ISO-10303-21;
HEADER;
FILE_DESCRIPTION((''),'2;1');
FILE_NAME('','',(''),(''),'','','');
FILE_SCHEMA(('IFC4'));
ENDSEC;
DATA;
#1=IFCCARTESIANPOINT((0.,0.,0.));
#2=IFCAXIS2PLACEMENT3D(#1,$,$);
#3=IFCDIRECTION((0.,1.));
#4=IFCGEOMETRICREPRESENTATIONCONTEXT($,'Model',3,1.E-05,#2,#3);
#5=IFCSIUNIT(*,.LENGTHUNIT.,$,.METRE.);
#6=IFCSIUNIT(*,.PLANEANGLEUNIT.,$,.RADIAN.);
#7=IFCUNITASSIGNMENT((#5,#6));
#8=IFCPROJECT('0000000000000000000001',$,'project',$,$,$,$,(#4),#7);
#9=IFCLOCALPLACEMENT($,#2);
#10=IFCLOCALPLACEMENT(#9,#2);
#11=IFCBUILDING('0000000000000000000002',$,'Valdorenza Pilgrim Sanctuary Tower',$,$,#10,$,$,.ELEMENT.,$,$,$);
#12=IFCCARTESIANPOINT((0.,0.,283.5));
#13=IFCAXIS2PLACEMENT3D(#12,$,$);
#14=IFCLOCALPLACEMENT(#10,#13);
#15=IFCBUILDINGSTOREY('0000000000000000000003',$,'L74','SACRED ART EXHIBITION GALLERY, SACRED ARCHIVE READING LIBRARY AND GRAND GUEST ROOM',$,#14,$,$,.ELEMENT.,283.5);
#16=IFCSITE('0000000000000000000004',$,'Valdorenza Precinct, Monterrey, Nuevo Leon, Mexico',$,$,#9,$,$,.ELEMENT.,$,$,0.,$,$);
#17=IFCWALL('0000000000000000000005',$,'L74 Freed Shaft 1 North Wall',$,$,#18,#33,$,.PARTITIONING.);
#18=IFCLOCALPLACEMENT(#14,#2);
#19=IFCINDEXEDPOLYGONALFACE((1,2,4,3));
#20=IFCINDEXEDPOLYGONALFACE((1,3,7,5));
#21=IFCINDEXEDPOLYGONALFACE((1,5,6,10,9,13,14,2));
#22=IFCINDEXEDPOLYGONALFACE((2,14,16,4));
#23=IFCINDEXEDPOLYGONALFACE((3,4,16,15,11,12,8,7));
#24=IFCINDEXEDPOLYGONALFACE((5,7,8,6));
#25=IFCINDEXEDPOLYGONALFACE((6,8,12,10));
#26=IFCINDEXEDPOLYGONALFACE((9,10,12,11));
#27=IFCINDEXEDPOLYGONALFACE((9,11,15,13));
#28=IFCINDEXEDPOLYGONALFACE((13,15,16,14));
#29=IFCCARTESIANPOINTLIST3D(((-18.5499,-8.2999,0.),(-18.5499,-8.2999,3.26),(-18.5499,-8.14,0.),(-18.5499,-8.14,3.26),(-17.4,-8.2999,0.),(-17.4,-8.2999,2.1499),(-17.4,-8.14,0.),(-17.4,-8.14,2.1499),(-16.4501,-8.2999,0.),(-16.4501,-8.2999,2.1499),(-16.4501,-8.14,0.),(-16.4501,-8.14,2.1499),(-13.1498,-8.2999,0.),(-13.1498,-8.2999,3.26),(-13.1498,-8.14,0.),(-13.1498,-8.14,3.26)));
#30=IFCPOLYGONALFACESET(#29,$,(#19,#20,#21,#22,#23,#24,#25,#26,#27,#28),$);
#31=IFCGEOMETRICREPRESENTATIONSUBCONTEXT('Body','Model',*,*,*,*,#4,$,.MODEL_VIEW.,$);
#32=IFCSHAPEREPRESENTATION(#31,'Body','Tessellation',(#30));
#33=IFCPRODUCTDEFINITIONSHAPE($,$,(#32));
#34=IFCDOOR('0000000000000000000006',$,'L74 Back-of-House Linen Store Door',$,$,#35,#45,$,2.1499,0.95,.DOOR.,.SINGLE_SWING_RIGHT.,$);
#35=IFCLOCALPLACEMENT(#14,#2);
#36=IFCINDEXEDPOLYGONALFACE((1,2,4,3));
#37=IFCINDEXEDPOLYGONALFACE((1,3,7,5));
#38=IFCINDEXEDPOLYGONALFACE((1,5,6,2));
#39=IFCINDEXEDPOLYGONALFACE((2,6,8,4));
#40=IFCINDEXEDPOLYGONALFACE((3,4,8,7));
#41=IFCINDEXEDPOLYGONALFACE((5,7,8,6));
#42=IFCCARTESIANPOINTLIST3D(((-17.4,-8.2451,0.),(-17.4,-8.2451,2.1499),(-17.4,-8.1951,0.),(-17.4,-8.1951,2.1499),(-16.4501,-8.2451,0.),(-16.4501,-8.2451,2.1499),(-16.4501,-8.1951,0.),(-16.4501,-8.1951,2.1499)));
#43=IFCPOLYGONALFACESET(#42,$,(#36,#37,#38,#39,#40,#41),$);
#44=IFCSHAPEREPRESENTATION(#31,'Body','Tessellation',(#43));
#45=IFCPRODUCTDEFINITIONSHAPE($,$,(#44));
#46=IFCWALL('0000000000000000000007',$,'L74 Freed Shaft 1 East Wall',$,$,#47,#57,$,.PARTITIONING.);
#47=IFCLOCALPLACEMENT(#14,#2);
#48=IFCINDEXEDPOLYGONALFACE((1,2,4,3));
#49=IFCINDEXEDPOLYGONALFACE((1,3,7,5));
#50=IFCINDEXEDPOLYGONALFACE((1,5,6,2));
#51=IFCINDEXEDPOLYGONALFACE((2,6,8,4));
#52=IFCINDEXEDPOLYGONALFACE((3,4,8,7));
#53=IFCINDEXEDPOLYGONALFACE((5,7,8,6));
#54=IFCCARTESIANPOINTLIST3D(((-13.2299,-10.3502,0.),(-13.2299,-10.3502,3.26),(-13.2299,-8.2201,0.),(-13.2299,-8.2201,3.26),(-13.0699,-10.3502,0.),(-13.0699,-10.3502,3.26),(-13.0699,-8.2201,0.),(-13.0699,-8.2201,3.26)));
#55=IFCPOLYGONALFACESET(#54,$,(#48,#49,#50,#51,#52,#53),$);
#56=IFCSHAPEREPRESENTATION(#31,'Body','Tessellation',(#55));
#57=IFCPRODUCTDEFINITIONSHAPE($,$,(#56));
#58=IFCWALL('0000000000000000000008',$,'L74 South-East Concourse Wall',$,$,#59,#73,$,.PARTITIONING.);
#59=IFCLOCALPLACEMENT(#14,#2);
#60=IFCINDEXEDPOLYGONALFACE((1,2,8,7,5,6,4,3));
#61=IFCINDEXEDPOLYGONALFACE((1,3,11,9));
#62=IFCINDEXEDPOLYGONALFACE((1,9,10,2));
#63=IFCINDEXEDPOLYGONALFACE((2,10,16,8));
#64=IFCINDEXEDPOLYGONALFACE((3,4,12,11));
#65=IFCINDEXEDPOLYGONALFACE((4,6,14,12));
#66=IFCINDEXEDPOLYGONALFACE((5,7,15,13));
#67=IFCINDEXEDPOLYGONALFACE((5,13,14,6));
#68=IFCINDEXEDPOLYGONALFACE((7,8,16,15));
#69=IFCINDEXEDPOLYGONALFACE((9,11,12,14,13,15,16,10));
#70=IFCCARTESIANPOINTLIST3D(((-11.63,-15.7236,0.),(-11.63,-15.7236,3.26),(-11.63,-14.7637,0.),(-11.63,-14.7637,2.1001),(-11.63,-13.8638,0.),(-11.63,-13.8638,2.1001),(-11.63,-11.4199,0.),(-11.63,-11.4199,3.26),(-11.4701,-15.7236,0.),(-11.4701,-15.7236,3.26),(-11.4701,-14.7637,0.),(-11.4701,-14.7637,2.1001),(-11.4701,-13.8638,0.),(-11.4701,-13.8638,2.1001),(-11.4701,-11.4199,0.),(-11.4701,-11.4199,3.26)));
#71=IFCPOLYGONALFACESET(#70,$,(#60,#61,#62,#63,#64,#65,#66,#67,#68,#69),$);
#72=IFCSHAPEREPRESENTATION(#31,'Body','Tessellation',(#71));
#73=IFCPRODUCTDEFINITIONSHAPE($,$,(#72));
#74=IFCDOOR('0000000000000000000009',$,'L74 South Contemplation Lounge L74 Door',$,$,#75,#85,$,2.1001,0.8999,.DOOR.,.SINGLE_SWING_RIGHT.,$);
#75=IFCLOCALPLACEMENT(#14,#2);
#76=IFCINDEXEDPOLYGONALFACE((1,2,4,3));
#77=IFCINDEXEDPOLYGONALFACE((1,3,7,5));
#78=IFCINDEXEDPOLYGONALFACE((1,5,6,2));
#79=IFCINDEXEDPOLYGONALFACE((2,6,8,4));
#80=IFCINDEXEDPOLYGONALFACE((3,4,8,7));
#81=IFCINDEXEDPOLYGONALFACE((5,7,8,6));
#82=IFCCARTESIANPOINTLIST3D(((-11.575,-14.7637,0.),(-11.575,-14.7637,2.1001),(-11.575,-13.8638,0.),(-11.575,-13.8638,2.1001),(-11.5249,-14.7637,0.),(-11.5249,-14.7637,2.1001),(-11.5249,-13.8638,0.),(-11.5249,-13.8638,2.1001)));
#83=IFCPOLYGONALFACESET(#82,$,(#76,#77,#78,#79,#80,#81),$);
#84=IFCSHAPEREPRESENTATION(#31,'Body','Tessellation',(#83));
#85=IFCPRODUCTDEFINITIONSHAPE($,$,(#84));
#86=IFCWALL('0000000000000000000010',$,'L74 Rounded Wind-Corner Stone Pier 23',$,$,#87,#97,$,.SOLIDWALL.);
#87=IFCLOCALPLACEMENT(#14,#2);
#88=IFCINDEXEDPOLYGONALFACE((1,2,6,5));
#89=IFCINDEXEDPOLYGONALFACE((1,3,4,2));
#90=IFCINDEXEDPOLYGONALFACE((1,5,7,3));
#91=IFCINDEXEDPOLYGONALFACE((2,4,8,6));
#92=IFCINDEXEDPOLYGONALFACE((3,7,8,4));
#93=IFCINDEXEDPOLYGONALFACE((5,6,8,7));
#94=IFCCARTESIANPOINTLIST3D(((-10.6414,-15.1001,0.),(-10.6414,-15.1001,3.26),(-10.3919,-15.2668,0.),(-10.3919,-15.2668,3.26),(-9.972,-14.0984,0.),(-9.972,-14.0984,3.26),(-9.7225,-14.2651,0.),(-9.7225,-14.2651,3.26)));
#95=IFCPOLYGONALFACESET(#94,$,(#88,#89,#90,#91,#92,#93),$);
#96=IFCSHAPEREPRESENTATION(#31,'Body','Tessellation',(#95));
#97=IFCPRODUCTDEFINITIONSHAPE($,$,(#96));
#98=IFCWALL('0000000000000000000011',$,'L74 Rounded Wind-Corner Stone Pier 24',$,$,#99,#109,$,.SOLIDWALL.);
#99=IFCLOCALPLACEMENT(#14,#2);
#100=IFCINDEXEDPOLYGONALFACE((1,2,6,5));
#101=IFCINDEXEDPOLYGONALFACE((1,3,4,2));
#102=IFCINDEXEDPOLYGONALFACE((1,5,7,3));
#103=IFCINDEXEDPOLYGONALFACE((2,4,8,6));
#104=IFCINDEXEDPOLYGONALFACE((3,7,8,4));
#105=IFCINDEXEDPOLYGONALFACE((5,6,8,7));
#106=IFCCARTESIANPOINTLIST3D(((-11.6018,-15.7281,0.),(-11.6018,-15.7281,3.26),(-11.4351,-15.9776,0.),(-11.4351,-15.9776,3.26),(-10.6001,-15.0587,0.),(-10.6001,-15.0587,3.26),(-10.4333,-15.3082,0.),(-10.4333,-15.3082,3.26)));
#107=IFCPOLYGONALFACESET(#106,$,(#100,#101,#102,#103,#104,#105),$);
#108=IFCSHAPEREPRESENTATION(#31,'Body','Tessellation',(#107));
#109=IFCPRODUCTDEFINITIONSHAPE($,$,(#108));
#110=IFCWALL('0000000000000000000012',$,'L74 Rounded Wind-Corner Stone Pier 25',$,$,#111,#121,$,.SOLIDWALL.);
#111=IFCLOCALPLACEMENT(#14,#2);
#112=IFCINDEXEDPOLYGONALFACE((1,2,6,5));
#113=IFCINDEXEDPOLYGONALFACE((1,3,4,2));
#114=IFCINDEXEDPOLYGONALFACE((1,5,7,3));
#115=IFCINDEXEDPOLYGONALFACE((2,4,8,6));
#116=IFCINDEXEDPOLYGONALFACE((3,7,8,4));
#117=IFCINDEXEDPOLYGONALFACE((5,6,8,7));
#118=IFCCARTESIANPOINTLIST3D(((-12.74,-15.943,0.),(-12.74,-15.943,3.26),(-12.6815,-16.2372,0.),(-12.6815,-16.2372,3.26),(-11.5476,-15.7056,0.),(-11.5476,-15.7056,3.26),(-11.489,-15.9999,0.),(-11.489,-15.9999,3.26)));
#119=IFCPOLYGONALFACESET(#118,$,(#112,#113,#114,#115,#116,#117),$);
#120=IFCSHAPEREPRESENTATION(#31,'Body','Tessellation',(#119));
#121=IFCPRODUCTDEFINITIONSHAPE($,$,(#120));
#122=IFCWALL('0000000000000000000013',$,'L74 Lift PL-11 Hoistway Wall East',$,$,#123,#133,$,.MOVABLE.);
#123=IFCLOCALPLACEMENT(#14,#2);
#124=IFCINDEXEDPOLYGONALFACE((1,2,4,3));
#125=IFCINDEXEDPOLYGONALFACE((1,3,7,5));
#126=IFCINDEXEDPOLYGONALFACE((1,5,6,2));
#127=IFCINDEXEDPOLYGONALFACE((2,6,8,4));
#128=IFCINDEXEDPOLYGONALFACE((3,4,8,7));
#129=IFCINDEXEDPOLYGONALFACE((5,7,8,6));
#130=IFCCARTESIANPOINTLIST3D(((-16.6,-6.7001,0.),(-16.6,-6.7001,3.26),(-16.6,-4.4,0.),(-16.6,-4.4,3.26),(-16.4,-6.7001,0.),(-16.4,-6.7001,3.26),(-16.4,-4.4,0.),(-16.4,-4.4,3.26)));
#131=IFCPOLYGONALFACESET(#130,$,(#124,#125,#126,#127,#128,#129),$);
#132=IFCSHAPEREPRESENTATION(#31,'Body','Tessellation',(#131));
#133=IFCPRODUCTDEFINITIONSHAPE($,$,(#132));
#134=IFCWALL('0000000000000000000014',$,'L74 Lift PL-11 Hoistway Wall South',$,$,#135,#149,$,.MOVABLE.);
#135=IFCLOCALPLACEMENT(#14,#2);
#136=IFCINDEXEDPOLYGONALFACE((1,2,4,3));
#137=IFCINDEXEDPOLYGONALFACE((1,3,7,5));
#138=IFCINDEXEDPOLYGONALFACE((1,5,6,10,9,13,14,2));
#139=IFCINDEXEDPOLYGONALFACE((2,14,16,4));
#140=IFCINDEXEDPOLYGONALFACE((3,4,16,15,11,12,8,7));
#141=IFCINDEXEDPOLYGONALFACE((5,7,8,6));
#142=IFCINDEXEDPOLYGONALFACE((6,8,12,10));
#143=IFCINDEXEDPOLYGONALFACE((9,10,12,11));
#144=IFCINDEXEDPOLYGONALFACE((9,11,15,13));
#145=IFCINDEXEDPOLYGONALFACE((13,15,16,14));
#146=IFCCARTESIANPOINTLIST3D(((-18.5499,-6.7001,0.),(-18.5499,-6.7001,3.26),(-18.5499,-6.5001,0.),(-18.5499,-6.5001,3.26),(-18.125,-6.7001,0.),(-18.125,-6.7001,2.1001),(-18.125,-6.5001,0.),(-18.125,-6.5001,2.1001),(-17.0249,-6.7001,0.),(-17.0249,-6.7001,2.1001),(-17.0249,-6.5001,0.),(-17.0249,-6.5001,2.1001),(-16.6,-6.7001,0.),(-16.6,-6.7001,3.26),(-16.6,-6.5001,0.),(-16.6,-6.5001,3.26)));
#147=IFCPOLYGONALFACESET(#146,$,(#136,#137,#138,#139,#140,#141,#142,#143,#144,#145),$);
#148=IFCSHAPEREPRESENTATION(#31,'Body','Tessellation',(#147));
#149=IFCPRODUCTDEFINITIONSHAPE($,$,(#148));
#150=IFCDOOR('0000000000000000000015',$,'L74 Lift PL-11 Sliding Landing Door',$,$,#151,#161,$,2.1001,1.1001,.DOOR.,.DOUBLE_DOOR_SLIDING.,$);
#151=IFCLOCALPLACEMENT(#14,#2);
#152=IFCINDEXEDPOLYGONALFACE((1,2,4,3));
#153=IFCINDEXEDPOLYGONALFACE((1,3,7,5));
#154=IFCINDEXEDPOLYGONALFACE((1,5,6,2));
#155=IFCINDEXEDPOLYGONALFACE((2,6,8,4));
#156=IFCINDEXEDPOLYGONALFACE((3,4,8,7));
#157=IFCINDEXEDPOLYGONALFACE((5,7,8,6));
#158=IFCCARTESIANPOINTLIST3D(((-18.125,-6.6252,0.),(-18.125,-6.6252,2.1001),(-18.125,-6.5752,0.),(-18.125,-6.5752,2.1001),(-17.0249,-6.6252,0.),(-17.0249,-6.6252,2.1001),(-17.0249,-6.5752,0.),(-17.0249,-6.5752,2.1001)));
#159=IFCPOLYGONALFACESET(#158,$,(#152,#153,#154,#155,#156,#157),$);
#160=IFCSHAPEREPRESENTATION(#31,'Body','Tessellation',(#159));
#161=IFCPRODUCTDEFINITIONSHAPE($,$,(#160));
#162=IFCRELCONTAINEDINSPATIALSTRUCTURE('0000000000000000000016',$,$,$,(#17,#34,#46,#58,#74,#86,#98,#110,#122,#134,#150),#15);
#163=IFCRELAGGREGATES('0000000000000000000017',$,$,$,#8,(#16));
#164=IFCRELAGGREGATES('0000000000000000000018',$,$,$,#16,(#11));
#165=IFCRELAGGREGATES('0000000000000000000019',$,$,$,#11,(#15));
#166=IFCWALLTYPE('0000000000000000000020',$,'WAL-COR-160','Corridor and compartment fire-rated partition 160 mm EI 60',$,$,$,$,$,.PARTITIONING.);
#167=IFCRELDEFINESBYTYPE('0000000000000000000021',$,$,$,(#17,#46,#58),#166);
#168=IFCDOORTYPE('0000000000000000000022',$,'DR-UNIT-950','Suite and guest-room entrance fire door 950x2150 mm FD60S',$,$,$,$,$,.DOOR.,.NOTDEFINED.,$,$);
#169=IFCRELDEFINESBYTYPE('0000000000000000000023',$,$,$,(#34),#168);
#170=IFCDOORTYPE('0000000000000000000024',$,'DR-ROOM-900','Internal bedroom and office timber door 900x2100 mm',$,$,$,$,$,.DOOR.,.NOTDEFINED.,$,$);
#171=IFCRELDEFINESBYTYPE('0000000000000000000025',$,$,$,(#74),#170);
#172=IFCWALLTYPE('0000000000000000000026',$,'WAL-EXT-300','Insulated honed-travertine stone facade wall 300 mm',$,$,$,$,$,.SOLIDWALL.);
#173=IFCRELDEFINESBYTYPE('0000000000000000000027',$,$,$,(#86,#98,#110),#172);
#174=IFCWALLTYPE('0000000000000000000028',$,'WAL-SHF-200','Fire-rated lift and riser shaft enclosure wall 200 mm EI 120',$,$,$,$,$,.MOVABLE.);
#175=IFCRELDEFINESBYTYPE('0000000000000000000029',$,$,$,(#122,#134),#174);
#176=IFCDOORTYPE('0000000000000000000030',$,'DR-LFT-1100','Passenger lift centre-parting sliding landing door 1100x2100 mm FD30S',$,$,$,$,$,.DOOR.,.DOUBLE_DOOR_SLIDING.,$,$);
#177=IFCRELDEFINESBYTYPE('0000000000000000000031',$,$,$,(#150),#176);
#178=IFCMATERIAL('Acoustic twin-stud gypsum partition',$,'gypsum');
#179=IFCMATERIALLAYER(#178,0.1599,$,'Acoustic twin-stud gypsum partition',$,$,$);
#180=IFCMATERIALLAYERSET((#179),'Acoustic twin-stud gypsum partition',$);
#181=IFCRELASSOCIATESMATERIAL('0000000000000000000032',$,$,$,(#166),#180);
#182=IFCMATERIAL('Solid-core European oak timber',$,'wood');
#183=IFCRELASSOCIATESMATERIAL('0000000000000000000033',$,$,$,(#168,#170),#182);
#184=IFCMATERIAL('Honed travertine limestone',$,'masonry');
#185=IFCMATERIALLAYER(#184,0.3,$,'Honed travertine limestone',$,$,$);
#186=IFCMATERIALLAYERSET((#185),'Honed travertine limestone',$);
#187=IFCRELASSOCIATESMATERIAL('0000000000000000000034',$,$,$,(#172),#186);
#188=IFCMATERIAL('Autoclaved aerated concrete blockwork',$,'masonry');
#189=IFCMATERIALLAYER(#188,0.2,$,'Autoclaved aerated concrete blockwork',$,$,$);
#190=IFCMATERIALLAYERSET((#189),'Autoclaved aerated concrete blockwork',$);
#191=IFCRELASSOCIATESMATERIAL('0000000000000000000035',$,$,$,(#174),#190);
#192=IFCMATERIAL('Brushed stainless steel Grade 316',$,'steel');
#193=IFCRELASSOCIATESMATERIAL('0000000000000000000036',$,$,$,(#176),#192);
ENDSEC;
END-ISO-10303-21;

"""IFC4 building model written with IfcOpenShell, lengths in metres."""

from ifc_helpers import new_model, si_unit, direction, frame, frame_2d, origin, place, context, subcontext, project, spatial, rectangle, extrude, material, layer, layer_set, type_object, element, fill, save


model = new_model("IFC4")

# Units and contexts
model_context = context("Model", 3, precision=1e-05, world=origin(), true_north=direction((0.0, 1.0)))
body_context = subcontext(model_context, "Body", "Model", "MODEL_VIEW")
ifc_project = project(units=[si_unit("LENGTHUNIT", "METRE"), si_unit("PLANEANGLEUNIT", "RADIAN")], contexts=[model_context])

# Site, building, storey
site_placement = place(None, origin())
site = spatial("IfcSite", under=ifc_project, at=site_placement, Name="Valdorenza Precinct, Monterrey, Nuevo Leon, Mexico", CompositionType="ELEMENT", RefElevation=0.0)
building_placement = place(site_placement, origin())
building = spatial("IfcBuilding", under=site, at=building_placement, Name="Valdorenza Pilgrim Sanctuary Tower", CompositionType="ELEMENT")
storey_placement = place(building_placement, frame((0.0, 0.0, 283.5)))
storey = spatial("IfcBuildingStorey", under=building, at=storey_placement, Name="L74", Description="SACRED ART EXHIBITION GALLERY, SACRED ARCHIVE READING LIBRARY AND GRAND GUEST ROOM", CompositionType="ELEMENT", Elevation=283.5)

# Shared definitions
ifc_material_1 = material(Name="Honed travertine limestone", Category="masonry")

# Wall, opening, door
ifc_material_2 = material(Name="Acoustic twin-stud gypsum partition", Category="gypsum")
ifc_layer_1 = layer(ifc_material_2, 0.1599, Name="Acoustic twin-stud gypsum partition")
ifc_layer_set_1 = layer_set([ifc_layer_1], Name="Acoustic twin-stud gypsum partition")
wall_type_1 = type_object("IfcWallType", Name="WAL-COR-160", Description="Corridor and compartment fire-rated partition 160 mm EI 60", PredefinedType="PARTITIONING", material=ifc_layer_set_1)
wall_1_placement = place(storey_placement, frame((-18.55, -8.22, 0.0), z_axis=(0.0, 0.0, 1.0), x_axis=(1.0, 0.0, 0.0)))
wall_1 = element("IfcWall", 1, at=wall_1_placement, inside=storey, type_object=wall_type_1, Name="L74 Freed Shaft 1 North Wall", PredefinedType="PARTITIONING", context=body_context, shape_type="SweptSolid", body=[
    extrude(rectangle(XDim=5.4001, YDim=0.1599, at=frame_2d((2.7002, 0.0))), origin(), (0.0, 0.0, 1.0), 3.26),
])
opening_1_placement = place(wall_1_placement, frame((1.1499, 0.0, 0.0)))
opening_1 = element("IfcOpeningElement", 2, at=opening_1_placement, cuts=wall_1, PredefinedType="OPENING", context=body_context, shape_type="SweptSolid", body=[
    extrude(rectangle(XDim=0.95, YDim=2.1499, at=frame_2d((0.4751, 1.075))), frame((0.0, 0.0947, 0.0), z_axis=(0.0, -1.0, 0.0), x_axis=(1.0, 0.0, 0.0)), (0.0, 0.0, 1.0), 0.1897),
])
ifc_material_3 = material(Name="Solid-core European oak timber", Category="wood")
door_type_1 = type_object("IfcDoorType", Name="DR-UNIT-950", Description="Suite and guest-room entrance fire door 950x2150 mm FD60S", OperationType="NOTDEFINED", PredefinedType="DOOR", material=ifc_material_3)
door_1_placement = place(opening_1_placement, origin())
door_1 = element("IfcDoor", 3, at=door_1_placement, inside=storey, type_object=door_type_1, Name="L74 Back-of-House Linen Store Door", OperationType="SINGLE_SWING_RIGHT", OverallHeight=2.1499, OverallWidth=0.95, PredefinedType="DOOR", context=body_context, shape_type="SweptSolid", body=[
    extrude(rectangle(XDim=0.95, YDim=2.1499, at=frame_2d((0.4751, 1.075))), frame((0.0, 0.0249, 0.0), z_axis=(0.0, -1.0, 0.0), x_axis=(1.0, 0.0, 0.0)), (0.0, 0.0, 1.0), 0.05),
])
fill(opening_1, door_1)

# Wall
wall_2_placement = place(storey_placement, frame((-13.1499, -10.3501, 0.0), z_axis=(0.0, 0.0, 1.0), x_axis=(0.0, 1.0, 0.0)))
element("IfcWall", 4, at=wall_2_placement, inside=storey, type_object=wall_type_1, Name="L74 Freed Shaft 1 East Wall", PredefinedType="PARTITIONING", context=body_context, shape_type="SweptSolid", body=[
    extrude(rectangle(XDim=2.1301, YDim=0.1599, at=frame_2d((1.0649, 0.0))), origin(), (0.0, 0.0, 1.0), 3.26),
])

# Wall, opening, door
wall_3_placement = place(storey_placement, frame((-11.55, -15.7236, 0.0), z_axis=(0.0, 0.0, 1.0), x_axis=(0.0, 1.0, 0.0)))
wall_3 = element("IfcWall", 5, at=wall_3_placement, inside=storey, type_object=wall_type_1, Name="L74 South-East Concourse Wall", PredefinedType="PARTITIONING", context=body_context, shape_type="SweptSolid", body=[
    extrude(rectangle(XDim=4.3037, YDim=0.1599, at=frame_2d((2.1519, 0.0))), origin(), (0.0, 0.0, 1.0), 3.26),
])
opening_2_placement = place(wall_3_placement, frame((0.96, 0.0, 0.0)))
opening_2 = element("IfcOpeningElement", 6, at=opening_2_placement, cuts=wall_3, PredefinedType="OPENING", context=body_context, shape_type="SweptSolid", body=[
    extrude(rectangle(XDim=0.8999, YDim=2.1001, at=frame_2d((0.45, 1.05))), frame((0.0, 0.0947, 0.0), z_axis=(0.0, -1.0, 0.0), x_axis=(1.0, 0.0, 0.0)), (0.0, 0.0, 1.0), 0.1897),
])
door_type_2 = type_object("IfcDoorType", Name="DR-ROOM-900", Description="Internal bedroom and office timber door 900x2100 mm", OperationType="NOTDEFINED", PredefinedType="DOOR", material=ifc_material_3)
door_2_placement = place(opening_2_placement, origin())
door_2 = element("IfcDoor", 7, at=door_2_placement, inside=storey, type_object=door_type_2, Name="L74 South Contemplation Lounge L74 Door", OperationType="SINGLE_SWING_RIGHT", OverallHeight=2.1001, OverallWidth=0.8999, PredefinedType="DOOR", context=body_context, shape_type="SweptSolid", body=[
    extrude(rectangle(XDim=0.8999, YDim=2.1001, at=frame_2d((0.45, 1.05))), frame((0.0, 0.0249, 0.0), z_axis=(0.0, -1.0, 0.0), x_axis=(1.0, 0.0, 0.0)), (0.0, 0.0, 1.0), 0.05),
])
fill(opening_2, door_2)

# Walls
ifc_layer_2 = layer(ifc_material_1, 0.3, Name="Honed travertine limestone")
ifc_layer_set_2 = layer_set([ifc_layer_2], Name="Honed travertine limestone")
wall_type_2 = type_object("IfcWallType", Name="WAL-EXT-300", Description="Insulated honed-travertine stone facade wall 300 mm", PredefinedType="SOLIDWALL", material=ifc_layer_set_2)
for number, where, z_axis, x_axis, name in (
    (8, (-9.8472, -14.1816, 0.0), (0.0, 0.0, 1.0), (-0.555635, -0.831426, 0.0), "L74 Rounded Wind-Corner Stone Pier 23"),
    (9, (-10.5166, -15.1833, 0.0), (0.0, 0.0, 1.0), (-0.831426, -0.555635, 0.0), "L74 Rounded Wind-Corner Stone Pier 24"),
):
    element("IfcWall", number, at=place(storey_placement, frame(where, z_axis=z_axis, x_axis=x_axis)), inside=storey, type_object=wall_type_2, Name=name, PredefinedType="SOLIDWALL", context=body_context, shape_type="SweptSolid", body=[
        extrude(rectangle(XDim=1.2048, YDim=0.3, at=frame_2d((0.6025, 0.0))), origin(), (0.0, 0.0, 1.0), 3.26),
    ])
wall_4_placement = place(storey_placement, frame((-11.5183, -15.8528, 0.0), z_axis=(0.0, 0.0, 1.0), x_axis=(-0.980766, -0.195189, 0.0)))
element("IfcWall", 10, at=wall_4_placement, inside=storey, type_object=wall_type_2, Name="L74 Rounded Wind-Corner Stone Pier 25", PredefinedType="SOLIDWALL", context=body_context, shape_type="SweptSolid", body=[
    extrude(rectangle(XDim=1.2158, YDim=0.3, at=frame_2d((0.6079, 0.0))), origin(), (0.0, 0.0, 1.0), 3.26),
])
ifc_material_4 = material(Name="Autoclaved aerated concrete blockwork", Category="masonry")
ifc_layer_3 = layer(ifc_material_4, 0.2, Name="Autoclaved aerated concrete blockwork")
ifc_layer_set_3 = layer_set([ifc_layer_3], Name="Autoclaved aerated concrete blockwork")
wall_type_3 = type_object("IfcWallType", Name="WAL-SHF-200", Description="Fire-rated lift and riser shaft enclosure wall 200 mm EI 120", PredefinedType="MOVABLE", material=ifc_layer_set_3)
wall_5_placement = place(storey_placement, frame((-16.5, -6.7, 0.0), z_axis=(0.0, 0.0, 1.0), x_axis=(0.0, 1.0, 0.0)))
element("IfcWall", 11, at=wall_5_placement, inside=storey, type_object=wall_type_3, Name="L74 Lift PL-11 Hoistway Wall East", PredefinedType="MOVABLE", context=body_context, shape_type="SweptSolid", body=[
    extrude(rectangle(XDim=2.3, YDim=0.2, at=frame_2d((1.1499, 0.0))), origin(), (0.0, 0.0, 1.0), 3.26),
])

# Wall, opening, door
wall_6_placement = place(storey_placement, frame((-18.55, -6.6001, 0.0), z_axis=(0.0, 0.0, 1.0), x_axis=(1.0, 0.0, 0.0)))
wall_6 = element("IfcWall", 12, at=wall_6_placement, inside=storey, type_object=wall_type_3, Name="L74 Lift PL-11 Hoistway Wall South", PredefinedType="MOVABLE", context=body_context, shape_type="SweptSolid", body=[
    extrude(rectangle(XDim=1.95, YDim=0.2, at=frame_2d((0.9751, 0.0))), origin(), (0.0, 0.0, 1.0), 3.26),
])
opening_3_placement = place(wall_6_placement, frame((0.425, 0.0, 0.0)))
opening_3 = element("IfcOpeningElement", 13, at=opening_3_placement, cuts=wall_6, PredefinedType="OPENING", context=body_context, shape_type="SweptSolid", body=[
    extrude(rectangle(XDim=1.1001, YDim=2.1001, at=frame_2d((0.55, 1.05))), frame((0.0, 0.1147, 0.0), z_axis=(0.0, -1.0, 0.0), x_axis=(1.0, 0.0, 0.0)), (0.0, 0.0, 1.0), 0.2297),
])
ifc_material_5 = material(Name="Brushed stainless steel Grade 316", Category="steel")
door_type_3 = type_object("IfcDoorType", Name="DR-LFT-1100", Description="Passenger lift centre-parting sliding landing door 1100x2100 mm FD30S", OperationType="DOUBLE_DOOR_SLIDING", PredefinedType="DOOR", material=ifc_material_5)
door_3_placement = place(opening_3_placement, origin())
door_3 = element("IfcDoor", 14, at=door_3_placement, inside=storey, type_object=door_type_3, Name="L74 Lift PL-11 Sliding Landing Door", OperationType="DOUBLE_DOOR_SLIDING", OverallHeight=2.1001, OverallWidth=1.1001, PredefinedType="DOOR", context=body_context, shape_type="SweptSolid", body=[
    extrude(rectangle(XDim=1.1001, YDim=2.1001, at=frame_2d((0.55, 1.05))), frame((0.0, 0.0249, 0.0), z_axis=(0.0, -1.0, 0.0), x_axis=(1.0, 0.0, 0.0)), (0.0, 0.0, 1.0), 0.05),
])
fill(opening_3, door_3)

save(model, "model.ifc")
